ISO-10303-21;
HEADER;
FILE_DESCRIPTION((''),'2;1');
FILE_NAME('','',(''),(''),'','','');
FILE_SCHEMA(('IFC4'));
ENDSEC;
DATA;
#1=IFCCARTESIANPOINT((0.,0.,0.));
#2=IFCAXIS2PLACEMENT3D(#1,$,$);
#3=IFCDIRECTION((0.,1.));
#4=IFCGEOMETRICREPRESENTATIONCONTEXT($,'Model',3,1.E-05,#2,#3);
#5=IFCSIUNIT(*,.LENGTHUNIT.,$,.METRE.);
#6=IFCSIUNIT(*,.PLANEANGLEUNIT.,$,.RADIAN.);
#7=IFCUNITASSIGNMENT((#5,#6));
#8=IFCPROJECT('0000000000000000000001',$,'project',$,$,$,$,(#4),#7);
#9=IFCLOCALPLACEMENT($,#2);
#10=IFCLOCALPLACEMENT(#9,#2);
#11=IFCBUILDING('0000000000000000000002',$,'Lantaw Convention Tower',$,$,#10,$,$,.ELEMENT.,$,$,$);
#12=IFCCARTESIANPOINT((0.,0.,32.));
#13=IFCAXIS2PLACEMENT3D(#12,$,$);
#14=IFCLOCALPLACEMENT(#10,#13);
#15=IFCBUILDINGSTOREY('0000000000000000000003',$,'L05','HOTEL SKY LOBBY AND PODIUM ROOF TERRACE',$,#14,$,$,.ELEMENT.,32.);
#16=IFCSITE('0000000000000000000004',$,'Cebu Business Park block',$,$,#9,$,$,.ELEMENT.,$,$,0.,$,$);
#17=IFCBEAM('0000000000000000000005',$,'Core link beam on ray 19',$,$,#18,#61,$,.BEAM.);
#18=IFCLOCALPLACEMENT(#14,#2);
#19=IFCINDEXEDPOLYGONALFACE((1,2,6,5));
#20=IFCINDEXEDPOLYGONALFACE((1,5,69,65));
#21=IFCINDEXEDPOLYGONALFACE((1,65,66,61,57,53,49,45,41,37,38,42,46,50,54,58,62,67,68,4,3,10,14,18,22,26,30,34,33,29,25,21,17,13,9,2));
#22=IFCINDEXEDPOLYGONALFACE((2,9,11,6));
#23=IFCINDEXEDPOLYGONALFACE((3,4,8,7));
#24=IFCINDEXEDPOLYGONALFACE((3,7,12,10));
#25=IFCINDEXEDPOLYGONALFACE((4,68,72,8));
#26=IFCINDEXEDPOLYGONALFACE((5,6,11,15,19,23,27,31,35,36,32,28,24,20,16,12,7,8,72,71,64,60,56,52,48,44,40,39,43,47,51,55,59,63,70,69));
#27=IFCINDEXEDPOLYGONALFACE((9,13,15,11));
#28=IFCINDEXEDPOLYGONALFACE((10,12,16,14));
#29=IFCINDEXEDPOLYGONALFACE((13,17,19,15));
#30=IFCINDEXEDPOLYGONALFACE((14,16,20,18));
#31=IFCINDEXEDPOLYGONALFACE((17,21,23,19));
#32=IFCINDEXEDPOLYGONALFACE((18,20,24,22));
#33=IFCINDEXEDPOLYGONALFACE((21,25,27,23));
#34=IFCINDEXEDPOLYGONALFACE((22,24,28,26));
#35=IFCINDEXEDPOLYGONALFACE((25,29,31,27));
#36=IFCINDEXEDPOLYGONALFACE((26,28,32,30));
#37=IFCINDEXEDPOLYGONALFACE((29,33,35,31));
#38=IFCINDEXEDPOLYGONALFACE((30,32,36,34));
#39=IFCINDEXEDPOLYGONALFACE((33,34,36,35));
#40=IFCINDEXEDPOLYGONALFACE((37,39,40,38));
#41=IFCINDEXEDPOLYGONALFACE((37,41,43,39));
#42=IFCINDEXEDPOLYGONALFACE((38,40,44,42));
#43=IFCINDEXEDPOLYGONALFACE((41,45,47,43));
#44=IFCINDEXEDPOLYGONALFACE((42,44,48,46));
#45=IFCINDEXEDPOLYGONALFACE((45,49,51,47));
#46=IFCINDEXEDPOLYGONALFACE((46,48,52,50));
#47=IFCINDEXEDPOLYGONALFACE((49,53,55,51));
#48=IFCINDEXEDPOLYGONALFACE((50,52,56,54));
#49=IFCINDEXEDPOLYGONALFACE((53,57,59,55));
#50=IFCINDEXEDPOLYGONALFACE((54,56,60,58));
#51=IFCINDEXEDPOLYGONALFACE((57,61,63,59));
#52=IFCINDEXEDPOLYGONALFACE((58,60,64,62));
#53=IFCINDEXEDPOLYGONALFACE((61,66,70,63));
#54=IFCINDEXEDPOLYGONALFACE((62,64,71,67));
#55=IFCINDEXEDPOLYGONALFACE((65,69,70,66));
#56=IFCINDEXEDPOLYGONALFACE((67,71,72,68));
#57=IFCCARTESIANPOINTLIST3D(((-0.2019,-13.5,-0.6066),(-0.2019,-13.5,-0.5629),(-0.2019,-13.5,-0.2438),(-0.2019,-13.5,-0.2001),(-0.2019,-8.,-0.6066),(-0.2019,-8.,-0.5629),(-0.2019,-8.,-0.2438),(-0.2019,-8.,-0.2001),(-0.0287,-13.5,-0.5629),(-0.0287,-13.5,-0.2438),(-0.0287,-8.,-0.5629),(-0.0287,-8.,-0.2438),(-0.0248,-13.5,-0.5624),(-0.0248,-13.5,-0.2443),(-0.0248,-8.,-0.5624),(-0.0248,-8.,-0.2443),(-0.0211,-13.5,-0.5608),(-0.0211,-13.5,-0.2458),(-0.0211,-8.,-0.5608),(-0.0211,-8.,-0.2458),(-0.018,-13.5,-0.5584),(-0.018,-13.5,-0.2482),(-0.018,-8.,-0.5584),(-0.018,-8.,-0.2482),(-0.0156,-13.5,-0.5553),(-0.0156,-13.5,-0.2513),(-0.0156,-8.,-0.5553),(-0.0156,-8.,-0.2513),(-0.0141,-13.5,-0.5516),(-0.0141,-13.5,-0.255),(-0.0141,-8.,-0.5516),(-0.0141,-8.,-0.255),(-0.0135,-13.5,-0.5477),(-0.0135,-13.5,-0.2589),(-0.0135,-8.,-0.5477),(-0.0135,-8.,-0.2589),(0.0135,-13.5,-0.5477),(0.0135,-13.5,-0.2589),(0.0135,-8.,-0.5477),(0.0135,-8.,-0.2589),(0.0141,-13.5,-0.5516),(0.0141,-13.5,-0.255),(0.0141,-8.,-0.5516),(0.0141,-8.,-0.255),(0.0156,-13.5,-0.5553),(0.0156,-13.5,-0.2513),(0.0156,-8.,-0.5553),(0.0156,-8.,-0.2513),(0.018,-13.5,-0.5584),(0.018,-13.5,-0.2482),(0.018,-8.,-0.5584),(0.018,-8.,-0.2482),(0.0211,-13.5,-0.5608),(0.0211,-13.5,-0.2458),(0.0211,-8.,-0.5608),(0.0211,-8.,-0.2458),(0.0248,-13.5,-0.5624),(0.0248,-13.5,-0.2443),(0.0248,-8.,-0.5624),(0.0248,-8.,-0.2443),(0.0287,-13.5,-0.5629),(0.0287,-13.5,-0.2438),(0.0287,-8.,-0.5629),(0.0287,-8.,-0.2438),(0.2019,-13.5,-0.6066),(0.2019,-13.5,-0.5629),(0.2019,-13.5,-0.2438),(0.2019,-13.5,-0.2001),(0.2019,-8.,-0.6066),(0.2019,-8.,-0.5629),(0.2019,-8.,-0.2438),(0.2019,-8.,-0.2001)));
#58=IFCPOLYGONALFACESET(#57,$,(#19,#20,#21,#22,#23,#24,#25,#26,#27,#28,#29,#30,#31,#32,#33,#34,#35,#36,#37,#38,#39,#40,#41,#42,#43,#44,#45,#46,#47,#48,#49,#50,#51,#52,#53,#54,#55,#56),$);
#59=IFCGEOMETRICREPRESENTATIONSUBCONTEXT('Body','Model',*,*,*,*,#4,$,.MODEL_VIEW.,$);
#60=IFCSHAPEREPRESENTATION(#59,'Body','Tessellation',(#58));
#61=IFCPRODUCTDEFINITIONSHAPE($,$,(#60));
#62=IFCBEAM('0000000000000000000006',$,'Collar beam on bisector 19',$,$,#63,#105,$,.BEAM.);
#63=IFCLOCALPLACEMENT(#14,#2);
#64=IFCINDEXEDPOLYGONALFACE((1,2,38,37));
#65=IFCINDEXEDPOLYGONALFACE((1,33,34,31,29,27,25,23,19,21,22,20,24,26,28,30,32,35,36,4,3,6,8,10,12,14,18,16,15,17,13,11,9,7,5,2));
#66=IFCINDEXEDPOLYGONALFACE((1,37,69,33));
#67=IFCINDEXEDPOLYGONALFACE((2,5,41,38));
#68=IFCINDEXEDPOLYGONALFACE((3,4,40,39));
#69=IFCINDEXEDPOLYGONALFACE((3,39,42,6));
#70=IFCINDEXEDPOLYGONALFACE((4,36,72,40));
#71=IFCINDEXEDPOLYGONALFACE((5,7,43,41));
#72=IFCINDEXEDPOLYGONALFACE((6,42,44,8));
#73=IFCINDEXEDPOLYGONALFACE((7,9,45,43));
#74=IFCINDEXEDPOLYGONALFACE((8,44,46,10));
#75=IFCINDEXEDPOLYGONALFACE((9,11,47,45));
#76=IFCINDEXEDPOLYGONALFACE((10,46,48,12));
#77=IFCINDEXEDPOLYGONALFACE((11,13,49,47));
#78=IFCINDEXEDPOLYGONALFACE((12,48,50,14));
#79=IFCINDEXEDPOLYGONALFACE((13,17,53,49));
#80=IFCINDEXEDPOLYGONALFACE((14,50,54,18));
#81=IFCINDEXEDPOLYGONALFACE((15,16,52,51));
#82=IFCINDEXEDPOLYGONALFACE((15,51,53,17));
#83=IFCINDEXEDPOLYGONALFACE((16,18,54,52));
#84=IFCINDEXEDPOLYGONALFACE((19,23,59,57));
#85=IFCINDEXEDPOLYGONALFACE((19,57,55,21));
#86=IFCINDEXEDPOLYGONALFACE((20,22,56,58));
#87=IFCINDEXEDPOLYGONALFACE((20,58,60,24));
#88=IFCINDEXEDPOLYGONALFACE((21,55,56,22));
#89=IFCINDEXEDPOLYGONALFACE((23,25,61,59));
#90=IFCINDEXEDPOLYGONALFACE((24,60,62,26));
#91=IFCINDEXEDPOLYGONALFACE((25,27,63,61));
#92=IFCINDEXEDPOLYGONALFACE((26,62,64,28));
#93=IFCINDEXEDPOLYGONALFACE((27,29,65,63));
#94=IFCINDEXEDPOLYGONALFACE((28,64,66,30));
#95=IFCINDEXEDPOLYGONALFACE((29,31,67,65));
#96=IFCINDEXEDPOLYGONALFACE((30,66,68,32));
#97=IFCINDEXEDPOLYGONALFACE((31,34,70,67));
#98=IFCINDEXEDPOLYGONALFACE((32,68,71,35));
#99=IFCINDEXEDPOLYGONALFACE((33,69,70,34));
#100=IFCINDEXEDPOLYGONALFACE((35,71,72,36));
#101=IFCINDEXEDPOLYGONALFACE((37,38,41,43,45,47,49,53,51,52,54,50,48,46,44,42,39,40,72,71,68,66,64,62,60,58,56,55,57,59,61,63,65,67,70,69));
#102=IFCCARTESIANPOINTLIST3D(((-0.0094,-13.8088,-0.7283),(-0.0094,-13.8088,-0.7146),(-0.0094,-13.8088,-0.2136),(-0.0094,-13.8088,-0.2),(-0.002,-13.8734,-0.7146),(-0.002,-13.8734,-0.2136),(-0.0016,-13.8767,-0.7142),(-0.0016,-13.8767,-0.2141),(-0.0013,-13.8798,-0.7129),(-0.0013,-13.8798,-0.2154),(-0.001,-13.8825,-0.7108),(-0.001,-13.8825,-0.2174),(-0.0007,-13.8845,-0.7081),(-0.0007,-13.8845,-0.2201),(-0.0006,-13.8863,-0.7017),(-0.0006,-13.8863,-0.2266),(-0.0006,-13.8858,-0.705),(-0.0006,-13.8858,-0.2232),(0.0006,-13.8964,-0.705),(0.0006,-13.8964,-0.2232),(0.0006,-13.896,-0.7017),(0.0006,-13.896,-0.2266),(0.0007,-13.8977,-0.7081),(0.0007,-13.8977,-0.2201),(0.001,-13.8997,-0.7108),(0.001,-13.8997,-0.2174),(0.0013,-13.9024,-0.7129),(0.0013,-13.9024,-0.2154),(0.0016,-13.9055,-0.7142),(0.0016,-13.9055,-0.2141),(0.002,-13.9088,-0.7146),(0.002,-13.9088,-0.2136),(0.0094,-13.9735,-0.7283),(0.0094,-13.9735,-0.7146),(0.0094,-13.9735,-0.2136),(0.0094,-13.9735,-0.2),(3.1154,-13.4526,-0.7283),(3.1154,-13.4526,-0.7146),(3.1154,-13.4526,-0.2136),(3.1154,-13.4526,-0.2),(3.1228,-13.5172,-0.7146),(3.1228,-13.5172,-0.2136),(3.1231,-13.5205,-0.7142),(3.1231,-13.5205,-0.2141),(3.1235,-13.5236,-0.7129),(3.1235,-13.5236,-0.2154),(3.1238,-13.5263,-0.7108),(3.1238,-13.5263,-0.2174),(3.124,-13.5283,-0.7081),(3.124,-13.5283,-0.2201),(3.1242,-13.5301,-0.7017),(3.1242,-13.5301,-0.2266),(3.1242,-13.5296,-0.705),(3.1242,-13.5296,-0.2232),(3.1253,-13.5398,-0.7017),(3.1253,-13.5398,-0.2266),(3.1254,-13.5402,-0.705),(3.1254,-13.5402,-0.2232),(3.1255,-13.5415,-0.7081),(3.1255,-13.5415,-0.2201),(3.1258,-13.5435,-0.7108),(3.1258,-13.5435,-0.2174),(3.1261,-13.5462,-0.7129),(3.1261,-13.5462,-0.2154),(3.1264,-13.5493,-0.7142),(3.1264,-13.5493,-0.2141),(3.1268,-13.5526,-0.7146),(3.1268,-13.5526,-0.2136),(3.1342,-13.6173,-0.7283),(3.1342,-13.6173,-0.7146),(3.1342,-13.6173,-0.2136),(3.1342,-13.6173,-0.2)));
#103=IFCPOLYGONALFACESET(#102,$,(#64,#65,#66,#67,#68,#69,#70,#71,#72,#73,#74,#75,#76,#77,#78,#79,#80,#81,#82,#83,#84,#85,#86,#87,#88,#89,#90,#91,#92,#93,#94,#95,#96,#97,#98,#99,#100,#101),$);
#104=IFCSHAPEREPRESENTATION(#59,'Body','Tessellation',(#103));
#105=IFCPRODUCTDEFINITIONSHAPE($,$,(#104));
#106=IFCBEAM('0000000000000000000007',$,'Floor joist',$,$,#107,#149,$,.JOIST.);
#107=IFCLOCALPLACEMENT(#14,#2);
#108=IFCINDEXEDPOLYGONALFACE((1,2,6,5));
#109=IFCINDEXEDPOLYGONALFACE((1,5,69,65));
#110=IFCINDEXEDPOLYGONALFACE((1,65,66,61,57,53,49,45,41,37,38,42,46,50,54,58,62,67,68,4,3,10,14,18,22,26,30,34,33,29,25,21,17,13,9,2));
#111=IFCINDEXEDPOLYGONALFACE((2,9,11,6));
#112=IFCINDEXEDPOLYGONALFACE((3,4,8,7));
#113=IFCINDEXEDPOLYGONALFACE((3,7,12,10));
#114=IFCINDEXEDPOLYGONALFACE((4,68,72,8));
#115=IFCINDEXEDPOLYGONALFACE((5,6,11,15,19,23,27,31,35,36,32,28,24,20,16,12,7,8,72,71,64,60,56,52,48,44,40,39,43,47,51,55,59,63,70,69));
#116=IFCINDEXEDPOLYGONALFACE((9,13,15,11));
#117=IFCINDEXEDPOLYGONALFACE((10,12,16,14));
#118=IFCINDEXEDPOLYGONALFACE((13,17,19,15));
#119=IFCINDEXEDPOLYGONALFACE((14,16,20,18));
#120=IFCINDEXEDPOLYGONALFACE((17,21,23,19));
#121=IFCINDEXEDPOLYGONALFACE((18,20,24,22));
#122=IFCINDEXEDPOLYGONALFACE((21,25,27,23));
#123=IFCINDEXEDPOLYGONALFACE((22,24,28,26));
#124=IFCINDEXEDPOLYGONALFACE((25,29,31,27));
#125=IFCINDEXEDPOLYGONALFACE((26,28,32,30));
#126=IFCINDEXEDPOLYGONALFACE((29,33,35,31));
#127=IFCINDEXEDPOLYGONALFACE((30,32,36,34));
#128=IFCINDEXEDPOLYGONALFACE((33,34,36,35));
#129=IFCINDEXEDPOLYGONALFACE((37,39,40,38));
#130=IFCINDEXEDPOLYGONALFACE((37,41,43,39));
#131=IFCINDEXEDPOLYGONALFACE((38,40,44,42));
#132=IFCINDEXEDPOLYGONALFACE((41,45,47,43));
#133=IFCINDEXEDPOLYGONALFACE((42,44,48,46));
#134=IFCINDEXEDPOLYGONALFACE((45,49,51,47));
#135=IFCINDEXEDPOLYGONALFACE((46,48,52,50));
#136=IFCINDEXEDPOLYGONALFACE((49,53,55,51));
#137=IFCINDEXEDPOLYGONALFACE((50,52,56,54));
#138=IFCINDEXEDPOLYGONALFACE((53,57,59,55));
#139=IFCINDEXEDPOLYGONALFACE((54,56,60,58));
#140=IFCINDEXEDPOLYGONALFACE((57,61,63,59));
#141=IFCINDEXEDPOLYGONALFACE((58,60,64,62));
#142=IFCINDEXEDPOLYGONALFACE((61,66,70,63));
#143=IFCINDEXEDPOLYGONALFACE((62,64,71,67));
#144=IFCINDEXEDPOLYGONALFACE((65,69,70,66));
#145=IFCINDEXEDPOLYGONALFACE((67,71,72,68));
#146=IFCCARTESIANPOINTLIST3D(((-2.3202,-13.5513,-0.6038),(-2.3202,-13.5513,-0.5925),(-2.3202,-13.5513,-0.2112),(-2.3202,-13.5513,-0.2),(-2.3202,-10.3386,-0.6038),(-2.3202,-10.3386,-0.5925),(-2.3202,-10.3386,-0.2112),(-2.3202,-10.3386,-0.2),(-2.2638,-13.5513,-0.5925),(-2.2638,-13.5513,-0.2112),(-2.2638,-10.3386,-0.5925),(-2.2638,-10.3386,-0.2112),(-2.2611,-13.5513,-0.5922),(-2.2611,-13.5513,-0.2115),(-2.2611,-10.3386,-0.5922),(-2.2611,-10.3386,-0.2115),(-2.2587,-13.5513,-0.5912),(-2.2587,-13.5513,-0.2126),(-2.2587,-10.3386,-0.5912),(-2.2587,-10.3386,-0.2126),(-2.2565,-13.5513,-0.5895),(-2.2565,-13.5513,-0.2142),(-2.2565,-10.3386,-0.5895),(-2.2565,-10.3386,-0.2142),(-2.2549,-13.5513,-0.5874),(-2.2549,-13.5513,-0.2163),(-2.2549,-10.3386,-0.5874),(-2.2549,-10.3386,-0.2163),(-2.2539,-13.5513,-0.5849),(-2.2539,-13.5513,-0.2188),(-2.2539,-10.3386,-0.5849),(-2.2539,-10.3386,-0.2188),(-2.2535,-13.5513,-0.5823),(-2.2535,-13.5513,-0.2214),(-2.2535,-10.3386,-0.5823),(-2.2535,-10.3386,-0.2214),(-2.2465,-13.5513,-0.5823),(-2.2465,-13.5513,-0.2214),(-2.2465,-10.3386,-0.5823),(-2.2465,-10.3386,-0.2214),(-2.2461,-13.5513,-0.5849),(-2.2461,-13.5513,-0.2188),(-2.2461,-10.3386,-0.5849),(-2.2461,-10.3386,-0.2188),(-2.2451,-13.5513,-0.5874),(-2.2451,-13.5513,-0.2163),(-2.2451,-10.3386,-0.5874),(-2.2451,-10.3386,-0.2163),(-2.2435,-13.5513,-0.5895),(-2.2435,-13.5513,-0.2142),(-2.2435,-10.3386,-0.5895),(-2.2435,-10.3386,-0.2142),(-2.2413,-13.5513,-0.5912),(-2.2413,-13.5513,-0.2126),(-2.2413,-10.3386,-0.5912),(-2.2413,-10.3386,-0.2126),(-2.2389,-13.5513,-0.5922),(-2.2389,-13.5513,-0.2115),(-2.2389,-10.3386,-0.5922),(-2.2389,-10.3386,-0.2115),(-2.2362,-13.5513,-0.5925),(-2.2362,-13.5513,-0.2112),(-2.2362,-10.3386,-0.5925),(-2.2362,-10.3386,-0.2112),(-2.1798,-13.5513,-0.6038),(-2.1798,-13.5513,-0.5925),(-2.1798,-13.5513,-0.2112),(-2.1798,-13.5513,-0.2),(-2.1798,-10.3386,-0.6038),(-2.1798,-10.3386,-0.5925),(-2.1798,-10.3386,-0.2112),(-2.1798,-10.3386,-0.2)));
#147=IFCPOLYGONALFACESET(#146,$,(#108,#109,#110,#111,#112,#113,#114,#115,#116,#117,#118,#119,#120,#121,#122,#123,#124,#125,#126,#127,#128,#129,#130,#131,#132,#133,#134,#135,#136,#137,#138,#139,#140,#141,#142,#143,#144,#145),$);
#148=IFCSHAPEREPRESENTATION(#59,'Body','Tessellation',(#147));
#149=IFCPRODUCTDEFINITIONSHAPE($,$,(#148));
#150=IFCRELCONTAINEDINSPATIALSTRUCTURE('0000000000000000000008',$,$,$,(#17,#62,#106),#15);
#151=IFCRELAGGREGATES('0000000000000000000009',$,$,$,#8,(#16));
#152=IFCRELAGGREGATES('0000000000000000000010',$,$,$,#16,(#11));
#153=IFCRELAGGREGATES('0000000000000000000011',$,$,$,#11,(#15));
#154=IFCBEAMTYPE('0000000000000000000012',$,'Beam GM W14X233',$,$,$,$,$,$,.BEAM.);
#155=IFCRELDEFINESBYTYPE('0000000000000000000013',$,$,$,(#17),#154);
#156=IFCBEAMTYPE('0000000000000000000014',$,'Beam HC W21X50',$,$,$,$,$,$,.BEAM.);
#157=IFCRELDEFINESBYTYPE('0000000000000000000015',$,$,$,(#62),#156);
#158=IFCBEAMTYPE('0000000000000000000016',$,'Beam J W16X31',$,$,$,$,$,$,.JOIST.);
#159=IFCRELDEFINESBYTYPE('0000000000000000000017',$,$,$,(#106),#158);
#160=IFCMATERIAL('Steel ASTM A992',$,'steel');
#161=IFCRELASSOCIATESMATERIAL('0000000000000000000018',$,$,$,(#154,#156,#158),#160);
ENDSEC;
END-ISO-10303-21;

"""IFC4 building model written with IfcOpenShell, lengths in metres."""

from ifc_helpers import new_model, si_unit, direction, frame, origin, origin_2d, place, context, subcontext, project, spatial, i_section, extrude, material, material_profile, profile_set, type_object, element, save


model = new_model("IFC4")

# Units and contexts
model_context = context("Model", 3, precision=1e-05, world=origin(), true_north=direction((0.0, 1.0)))
body_context = subcontext(model_context, "Body", "Model", "MODEL_VIEW")
ifc_project = project(units=[si_unit("LENGTHUNIT", "METRE"), si_unit("PLANEANGLEUNIT", "RADIAN")], contexts=[model_context])

# Site, building, storey
site_placement = place(None, origin())
site = spatial("IfcSite", under=ifc_project, at=site_placement, Name="Cebu Business Park block", CompositionType="ELEMENT", RefElevation=0.0)
building_placement = place(site_placement, origin())
building = spatial("IfcBuilding", under=site, at=building_placement, Name="Lantaw Convention Tower", CompositionType="ELEMENT")
storey_placement = place(building_placement, frame((0.0, 0.0, 32.0)))
storey = spatial("IfcBuildingStorey", under=building, at=storey_placement, Name="L05", Description="HOTEL SKY LOBBY AND PODIUM ROOF TERRACE", CompositionType="ELEMENT", Elevation=32.0)

# Beams
ifc_material_1 = material(Name="Steel ASTM A992", Category="steel")
ifc_material_profile_1 = material_profile(ifc_material_1, i_section(OverallWidth=0.4038, OverallDepth=0.4065, WebThickness=0.0271, FlangeThickness=0.0437, FilletRadius=0.0151, at=origin_2d()), Name="W14X233")
ifc_profile_set_1 = profile_set([ifc_material_profile_1], Name="Steel ASTM A992")
beam_type_1 = type_object("IfcBeamType", Name="Beam GM W14X233", PredefinedType="BEAM", material=ifc_profile_set_1)
beam_1_placement = place(storey_placement, frame((0.0, -8.0, -0.4033), z_axis=(0.0, -1.0, 0.0), x_axis=(1.0, 0.0, 0.0)))
element("IfcBeam", 1, at=beam_1_placement, inside=storey, type_object=beam_type_1, Name="Core link beam on ray 19", PredefinedType="BEAM", context=body_context, shape_type="SweptSolid", body=[
    extrude(i_section(OverallWidth=0.4038, OverallDepth=0.4065, WebThickness=0.0271, FlangeThickness=0.0437, FilletRadius=0.0151, at=origin_2d()), origin(), (0.0, 0.0, 1.0), 5.5),
])
ifc_material_profile_2 = material_profile(ifc_material_1, i_section(OverallWidth=0.1658, OverallDepth=0.5283, WebThickness=0.0098, FlangeThickness=0.0137, FilletRadius=0.0129, at=origin_2d()), Name="W21X50")
ifc_profile_set_2 = profile_set([ifc_material_profile_2], Name="Steel ASTM A992")
beam_type_2 = type_object("IfcBeamType", Name="Beam HC W21X50", PredefinedType="BEAM", material=ifc_profile_set_2)
beam_2_placement = place(storey_placement, frame((0.0, -13.8911, -0.4641), z_axis=(0.993565, 0.11326, 0.0), x_axis=(-0.11326, 0.993565, 0.0)))
element("IfcBeam", 2, at=beam_2_placement, inside=storey, type_object=beam_type_2, Name="Collar beam on bisector 19", PredefinedType="BEAM", context=body_context, shape_type="SweptSolid", body=[
    extrude(i_section(OverallWidth=0.1658, OverallDepth=0.5283, WebThickness=0.0098, FlangeThickness=0.0137, FilletRadius=0.0129, at=origin_2d()), origin(), (0.0, 0.0, 1.0), 3.145),
])
ifc_material_profile_3 = material_profile(ifc_material_1, i_section(OverallWidth=0.1404, OverallDepth=0.4038, WebThickness=0.0071, FlangeThickness=0.0112, FilletRadius=0.0103, at=origin_2d()), Name="W16X31")
ifc_profile_set_3 = profile_set([ifc_material_profile_3], Name="Steel ASTM A992")
beam_type_3 = type_object("IfcBeamType", Name="Beam J W16X31", PredefinedType="JOIST", material=ifc_profile_set_3)
beam_3_placement = place(storey_placement, frame((-2.25, -13.5513, -0.4019), z_axis=(0.0, 1.0, 0.0), x_axis=(-1.0, 0.0, 0.0)))
element("IfcBeam", 3, at=beam_3_placement, inside=storey, type_object=beam_type_3, Name="Floor joist", PredefinedType="JOIST", context=body_context, shape_type="SweptSolid", body=[
    extrude(i_section(OverallWidth=0.1404, OverallDepth=0.4038, WebThickness=0.0071, FlangeThickness=0.0112, FilletRadius=0.0103, at=origin_2d()), origin(), (0.0, 0.0, 1.0), 3.2126),
])

save(model, "model.ifc")
